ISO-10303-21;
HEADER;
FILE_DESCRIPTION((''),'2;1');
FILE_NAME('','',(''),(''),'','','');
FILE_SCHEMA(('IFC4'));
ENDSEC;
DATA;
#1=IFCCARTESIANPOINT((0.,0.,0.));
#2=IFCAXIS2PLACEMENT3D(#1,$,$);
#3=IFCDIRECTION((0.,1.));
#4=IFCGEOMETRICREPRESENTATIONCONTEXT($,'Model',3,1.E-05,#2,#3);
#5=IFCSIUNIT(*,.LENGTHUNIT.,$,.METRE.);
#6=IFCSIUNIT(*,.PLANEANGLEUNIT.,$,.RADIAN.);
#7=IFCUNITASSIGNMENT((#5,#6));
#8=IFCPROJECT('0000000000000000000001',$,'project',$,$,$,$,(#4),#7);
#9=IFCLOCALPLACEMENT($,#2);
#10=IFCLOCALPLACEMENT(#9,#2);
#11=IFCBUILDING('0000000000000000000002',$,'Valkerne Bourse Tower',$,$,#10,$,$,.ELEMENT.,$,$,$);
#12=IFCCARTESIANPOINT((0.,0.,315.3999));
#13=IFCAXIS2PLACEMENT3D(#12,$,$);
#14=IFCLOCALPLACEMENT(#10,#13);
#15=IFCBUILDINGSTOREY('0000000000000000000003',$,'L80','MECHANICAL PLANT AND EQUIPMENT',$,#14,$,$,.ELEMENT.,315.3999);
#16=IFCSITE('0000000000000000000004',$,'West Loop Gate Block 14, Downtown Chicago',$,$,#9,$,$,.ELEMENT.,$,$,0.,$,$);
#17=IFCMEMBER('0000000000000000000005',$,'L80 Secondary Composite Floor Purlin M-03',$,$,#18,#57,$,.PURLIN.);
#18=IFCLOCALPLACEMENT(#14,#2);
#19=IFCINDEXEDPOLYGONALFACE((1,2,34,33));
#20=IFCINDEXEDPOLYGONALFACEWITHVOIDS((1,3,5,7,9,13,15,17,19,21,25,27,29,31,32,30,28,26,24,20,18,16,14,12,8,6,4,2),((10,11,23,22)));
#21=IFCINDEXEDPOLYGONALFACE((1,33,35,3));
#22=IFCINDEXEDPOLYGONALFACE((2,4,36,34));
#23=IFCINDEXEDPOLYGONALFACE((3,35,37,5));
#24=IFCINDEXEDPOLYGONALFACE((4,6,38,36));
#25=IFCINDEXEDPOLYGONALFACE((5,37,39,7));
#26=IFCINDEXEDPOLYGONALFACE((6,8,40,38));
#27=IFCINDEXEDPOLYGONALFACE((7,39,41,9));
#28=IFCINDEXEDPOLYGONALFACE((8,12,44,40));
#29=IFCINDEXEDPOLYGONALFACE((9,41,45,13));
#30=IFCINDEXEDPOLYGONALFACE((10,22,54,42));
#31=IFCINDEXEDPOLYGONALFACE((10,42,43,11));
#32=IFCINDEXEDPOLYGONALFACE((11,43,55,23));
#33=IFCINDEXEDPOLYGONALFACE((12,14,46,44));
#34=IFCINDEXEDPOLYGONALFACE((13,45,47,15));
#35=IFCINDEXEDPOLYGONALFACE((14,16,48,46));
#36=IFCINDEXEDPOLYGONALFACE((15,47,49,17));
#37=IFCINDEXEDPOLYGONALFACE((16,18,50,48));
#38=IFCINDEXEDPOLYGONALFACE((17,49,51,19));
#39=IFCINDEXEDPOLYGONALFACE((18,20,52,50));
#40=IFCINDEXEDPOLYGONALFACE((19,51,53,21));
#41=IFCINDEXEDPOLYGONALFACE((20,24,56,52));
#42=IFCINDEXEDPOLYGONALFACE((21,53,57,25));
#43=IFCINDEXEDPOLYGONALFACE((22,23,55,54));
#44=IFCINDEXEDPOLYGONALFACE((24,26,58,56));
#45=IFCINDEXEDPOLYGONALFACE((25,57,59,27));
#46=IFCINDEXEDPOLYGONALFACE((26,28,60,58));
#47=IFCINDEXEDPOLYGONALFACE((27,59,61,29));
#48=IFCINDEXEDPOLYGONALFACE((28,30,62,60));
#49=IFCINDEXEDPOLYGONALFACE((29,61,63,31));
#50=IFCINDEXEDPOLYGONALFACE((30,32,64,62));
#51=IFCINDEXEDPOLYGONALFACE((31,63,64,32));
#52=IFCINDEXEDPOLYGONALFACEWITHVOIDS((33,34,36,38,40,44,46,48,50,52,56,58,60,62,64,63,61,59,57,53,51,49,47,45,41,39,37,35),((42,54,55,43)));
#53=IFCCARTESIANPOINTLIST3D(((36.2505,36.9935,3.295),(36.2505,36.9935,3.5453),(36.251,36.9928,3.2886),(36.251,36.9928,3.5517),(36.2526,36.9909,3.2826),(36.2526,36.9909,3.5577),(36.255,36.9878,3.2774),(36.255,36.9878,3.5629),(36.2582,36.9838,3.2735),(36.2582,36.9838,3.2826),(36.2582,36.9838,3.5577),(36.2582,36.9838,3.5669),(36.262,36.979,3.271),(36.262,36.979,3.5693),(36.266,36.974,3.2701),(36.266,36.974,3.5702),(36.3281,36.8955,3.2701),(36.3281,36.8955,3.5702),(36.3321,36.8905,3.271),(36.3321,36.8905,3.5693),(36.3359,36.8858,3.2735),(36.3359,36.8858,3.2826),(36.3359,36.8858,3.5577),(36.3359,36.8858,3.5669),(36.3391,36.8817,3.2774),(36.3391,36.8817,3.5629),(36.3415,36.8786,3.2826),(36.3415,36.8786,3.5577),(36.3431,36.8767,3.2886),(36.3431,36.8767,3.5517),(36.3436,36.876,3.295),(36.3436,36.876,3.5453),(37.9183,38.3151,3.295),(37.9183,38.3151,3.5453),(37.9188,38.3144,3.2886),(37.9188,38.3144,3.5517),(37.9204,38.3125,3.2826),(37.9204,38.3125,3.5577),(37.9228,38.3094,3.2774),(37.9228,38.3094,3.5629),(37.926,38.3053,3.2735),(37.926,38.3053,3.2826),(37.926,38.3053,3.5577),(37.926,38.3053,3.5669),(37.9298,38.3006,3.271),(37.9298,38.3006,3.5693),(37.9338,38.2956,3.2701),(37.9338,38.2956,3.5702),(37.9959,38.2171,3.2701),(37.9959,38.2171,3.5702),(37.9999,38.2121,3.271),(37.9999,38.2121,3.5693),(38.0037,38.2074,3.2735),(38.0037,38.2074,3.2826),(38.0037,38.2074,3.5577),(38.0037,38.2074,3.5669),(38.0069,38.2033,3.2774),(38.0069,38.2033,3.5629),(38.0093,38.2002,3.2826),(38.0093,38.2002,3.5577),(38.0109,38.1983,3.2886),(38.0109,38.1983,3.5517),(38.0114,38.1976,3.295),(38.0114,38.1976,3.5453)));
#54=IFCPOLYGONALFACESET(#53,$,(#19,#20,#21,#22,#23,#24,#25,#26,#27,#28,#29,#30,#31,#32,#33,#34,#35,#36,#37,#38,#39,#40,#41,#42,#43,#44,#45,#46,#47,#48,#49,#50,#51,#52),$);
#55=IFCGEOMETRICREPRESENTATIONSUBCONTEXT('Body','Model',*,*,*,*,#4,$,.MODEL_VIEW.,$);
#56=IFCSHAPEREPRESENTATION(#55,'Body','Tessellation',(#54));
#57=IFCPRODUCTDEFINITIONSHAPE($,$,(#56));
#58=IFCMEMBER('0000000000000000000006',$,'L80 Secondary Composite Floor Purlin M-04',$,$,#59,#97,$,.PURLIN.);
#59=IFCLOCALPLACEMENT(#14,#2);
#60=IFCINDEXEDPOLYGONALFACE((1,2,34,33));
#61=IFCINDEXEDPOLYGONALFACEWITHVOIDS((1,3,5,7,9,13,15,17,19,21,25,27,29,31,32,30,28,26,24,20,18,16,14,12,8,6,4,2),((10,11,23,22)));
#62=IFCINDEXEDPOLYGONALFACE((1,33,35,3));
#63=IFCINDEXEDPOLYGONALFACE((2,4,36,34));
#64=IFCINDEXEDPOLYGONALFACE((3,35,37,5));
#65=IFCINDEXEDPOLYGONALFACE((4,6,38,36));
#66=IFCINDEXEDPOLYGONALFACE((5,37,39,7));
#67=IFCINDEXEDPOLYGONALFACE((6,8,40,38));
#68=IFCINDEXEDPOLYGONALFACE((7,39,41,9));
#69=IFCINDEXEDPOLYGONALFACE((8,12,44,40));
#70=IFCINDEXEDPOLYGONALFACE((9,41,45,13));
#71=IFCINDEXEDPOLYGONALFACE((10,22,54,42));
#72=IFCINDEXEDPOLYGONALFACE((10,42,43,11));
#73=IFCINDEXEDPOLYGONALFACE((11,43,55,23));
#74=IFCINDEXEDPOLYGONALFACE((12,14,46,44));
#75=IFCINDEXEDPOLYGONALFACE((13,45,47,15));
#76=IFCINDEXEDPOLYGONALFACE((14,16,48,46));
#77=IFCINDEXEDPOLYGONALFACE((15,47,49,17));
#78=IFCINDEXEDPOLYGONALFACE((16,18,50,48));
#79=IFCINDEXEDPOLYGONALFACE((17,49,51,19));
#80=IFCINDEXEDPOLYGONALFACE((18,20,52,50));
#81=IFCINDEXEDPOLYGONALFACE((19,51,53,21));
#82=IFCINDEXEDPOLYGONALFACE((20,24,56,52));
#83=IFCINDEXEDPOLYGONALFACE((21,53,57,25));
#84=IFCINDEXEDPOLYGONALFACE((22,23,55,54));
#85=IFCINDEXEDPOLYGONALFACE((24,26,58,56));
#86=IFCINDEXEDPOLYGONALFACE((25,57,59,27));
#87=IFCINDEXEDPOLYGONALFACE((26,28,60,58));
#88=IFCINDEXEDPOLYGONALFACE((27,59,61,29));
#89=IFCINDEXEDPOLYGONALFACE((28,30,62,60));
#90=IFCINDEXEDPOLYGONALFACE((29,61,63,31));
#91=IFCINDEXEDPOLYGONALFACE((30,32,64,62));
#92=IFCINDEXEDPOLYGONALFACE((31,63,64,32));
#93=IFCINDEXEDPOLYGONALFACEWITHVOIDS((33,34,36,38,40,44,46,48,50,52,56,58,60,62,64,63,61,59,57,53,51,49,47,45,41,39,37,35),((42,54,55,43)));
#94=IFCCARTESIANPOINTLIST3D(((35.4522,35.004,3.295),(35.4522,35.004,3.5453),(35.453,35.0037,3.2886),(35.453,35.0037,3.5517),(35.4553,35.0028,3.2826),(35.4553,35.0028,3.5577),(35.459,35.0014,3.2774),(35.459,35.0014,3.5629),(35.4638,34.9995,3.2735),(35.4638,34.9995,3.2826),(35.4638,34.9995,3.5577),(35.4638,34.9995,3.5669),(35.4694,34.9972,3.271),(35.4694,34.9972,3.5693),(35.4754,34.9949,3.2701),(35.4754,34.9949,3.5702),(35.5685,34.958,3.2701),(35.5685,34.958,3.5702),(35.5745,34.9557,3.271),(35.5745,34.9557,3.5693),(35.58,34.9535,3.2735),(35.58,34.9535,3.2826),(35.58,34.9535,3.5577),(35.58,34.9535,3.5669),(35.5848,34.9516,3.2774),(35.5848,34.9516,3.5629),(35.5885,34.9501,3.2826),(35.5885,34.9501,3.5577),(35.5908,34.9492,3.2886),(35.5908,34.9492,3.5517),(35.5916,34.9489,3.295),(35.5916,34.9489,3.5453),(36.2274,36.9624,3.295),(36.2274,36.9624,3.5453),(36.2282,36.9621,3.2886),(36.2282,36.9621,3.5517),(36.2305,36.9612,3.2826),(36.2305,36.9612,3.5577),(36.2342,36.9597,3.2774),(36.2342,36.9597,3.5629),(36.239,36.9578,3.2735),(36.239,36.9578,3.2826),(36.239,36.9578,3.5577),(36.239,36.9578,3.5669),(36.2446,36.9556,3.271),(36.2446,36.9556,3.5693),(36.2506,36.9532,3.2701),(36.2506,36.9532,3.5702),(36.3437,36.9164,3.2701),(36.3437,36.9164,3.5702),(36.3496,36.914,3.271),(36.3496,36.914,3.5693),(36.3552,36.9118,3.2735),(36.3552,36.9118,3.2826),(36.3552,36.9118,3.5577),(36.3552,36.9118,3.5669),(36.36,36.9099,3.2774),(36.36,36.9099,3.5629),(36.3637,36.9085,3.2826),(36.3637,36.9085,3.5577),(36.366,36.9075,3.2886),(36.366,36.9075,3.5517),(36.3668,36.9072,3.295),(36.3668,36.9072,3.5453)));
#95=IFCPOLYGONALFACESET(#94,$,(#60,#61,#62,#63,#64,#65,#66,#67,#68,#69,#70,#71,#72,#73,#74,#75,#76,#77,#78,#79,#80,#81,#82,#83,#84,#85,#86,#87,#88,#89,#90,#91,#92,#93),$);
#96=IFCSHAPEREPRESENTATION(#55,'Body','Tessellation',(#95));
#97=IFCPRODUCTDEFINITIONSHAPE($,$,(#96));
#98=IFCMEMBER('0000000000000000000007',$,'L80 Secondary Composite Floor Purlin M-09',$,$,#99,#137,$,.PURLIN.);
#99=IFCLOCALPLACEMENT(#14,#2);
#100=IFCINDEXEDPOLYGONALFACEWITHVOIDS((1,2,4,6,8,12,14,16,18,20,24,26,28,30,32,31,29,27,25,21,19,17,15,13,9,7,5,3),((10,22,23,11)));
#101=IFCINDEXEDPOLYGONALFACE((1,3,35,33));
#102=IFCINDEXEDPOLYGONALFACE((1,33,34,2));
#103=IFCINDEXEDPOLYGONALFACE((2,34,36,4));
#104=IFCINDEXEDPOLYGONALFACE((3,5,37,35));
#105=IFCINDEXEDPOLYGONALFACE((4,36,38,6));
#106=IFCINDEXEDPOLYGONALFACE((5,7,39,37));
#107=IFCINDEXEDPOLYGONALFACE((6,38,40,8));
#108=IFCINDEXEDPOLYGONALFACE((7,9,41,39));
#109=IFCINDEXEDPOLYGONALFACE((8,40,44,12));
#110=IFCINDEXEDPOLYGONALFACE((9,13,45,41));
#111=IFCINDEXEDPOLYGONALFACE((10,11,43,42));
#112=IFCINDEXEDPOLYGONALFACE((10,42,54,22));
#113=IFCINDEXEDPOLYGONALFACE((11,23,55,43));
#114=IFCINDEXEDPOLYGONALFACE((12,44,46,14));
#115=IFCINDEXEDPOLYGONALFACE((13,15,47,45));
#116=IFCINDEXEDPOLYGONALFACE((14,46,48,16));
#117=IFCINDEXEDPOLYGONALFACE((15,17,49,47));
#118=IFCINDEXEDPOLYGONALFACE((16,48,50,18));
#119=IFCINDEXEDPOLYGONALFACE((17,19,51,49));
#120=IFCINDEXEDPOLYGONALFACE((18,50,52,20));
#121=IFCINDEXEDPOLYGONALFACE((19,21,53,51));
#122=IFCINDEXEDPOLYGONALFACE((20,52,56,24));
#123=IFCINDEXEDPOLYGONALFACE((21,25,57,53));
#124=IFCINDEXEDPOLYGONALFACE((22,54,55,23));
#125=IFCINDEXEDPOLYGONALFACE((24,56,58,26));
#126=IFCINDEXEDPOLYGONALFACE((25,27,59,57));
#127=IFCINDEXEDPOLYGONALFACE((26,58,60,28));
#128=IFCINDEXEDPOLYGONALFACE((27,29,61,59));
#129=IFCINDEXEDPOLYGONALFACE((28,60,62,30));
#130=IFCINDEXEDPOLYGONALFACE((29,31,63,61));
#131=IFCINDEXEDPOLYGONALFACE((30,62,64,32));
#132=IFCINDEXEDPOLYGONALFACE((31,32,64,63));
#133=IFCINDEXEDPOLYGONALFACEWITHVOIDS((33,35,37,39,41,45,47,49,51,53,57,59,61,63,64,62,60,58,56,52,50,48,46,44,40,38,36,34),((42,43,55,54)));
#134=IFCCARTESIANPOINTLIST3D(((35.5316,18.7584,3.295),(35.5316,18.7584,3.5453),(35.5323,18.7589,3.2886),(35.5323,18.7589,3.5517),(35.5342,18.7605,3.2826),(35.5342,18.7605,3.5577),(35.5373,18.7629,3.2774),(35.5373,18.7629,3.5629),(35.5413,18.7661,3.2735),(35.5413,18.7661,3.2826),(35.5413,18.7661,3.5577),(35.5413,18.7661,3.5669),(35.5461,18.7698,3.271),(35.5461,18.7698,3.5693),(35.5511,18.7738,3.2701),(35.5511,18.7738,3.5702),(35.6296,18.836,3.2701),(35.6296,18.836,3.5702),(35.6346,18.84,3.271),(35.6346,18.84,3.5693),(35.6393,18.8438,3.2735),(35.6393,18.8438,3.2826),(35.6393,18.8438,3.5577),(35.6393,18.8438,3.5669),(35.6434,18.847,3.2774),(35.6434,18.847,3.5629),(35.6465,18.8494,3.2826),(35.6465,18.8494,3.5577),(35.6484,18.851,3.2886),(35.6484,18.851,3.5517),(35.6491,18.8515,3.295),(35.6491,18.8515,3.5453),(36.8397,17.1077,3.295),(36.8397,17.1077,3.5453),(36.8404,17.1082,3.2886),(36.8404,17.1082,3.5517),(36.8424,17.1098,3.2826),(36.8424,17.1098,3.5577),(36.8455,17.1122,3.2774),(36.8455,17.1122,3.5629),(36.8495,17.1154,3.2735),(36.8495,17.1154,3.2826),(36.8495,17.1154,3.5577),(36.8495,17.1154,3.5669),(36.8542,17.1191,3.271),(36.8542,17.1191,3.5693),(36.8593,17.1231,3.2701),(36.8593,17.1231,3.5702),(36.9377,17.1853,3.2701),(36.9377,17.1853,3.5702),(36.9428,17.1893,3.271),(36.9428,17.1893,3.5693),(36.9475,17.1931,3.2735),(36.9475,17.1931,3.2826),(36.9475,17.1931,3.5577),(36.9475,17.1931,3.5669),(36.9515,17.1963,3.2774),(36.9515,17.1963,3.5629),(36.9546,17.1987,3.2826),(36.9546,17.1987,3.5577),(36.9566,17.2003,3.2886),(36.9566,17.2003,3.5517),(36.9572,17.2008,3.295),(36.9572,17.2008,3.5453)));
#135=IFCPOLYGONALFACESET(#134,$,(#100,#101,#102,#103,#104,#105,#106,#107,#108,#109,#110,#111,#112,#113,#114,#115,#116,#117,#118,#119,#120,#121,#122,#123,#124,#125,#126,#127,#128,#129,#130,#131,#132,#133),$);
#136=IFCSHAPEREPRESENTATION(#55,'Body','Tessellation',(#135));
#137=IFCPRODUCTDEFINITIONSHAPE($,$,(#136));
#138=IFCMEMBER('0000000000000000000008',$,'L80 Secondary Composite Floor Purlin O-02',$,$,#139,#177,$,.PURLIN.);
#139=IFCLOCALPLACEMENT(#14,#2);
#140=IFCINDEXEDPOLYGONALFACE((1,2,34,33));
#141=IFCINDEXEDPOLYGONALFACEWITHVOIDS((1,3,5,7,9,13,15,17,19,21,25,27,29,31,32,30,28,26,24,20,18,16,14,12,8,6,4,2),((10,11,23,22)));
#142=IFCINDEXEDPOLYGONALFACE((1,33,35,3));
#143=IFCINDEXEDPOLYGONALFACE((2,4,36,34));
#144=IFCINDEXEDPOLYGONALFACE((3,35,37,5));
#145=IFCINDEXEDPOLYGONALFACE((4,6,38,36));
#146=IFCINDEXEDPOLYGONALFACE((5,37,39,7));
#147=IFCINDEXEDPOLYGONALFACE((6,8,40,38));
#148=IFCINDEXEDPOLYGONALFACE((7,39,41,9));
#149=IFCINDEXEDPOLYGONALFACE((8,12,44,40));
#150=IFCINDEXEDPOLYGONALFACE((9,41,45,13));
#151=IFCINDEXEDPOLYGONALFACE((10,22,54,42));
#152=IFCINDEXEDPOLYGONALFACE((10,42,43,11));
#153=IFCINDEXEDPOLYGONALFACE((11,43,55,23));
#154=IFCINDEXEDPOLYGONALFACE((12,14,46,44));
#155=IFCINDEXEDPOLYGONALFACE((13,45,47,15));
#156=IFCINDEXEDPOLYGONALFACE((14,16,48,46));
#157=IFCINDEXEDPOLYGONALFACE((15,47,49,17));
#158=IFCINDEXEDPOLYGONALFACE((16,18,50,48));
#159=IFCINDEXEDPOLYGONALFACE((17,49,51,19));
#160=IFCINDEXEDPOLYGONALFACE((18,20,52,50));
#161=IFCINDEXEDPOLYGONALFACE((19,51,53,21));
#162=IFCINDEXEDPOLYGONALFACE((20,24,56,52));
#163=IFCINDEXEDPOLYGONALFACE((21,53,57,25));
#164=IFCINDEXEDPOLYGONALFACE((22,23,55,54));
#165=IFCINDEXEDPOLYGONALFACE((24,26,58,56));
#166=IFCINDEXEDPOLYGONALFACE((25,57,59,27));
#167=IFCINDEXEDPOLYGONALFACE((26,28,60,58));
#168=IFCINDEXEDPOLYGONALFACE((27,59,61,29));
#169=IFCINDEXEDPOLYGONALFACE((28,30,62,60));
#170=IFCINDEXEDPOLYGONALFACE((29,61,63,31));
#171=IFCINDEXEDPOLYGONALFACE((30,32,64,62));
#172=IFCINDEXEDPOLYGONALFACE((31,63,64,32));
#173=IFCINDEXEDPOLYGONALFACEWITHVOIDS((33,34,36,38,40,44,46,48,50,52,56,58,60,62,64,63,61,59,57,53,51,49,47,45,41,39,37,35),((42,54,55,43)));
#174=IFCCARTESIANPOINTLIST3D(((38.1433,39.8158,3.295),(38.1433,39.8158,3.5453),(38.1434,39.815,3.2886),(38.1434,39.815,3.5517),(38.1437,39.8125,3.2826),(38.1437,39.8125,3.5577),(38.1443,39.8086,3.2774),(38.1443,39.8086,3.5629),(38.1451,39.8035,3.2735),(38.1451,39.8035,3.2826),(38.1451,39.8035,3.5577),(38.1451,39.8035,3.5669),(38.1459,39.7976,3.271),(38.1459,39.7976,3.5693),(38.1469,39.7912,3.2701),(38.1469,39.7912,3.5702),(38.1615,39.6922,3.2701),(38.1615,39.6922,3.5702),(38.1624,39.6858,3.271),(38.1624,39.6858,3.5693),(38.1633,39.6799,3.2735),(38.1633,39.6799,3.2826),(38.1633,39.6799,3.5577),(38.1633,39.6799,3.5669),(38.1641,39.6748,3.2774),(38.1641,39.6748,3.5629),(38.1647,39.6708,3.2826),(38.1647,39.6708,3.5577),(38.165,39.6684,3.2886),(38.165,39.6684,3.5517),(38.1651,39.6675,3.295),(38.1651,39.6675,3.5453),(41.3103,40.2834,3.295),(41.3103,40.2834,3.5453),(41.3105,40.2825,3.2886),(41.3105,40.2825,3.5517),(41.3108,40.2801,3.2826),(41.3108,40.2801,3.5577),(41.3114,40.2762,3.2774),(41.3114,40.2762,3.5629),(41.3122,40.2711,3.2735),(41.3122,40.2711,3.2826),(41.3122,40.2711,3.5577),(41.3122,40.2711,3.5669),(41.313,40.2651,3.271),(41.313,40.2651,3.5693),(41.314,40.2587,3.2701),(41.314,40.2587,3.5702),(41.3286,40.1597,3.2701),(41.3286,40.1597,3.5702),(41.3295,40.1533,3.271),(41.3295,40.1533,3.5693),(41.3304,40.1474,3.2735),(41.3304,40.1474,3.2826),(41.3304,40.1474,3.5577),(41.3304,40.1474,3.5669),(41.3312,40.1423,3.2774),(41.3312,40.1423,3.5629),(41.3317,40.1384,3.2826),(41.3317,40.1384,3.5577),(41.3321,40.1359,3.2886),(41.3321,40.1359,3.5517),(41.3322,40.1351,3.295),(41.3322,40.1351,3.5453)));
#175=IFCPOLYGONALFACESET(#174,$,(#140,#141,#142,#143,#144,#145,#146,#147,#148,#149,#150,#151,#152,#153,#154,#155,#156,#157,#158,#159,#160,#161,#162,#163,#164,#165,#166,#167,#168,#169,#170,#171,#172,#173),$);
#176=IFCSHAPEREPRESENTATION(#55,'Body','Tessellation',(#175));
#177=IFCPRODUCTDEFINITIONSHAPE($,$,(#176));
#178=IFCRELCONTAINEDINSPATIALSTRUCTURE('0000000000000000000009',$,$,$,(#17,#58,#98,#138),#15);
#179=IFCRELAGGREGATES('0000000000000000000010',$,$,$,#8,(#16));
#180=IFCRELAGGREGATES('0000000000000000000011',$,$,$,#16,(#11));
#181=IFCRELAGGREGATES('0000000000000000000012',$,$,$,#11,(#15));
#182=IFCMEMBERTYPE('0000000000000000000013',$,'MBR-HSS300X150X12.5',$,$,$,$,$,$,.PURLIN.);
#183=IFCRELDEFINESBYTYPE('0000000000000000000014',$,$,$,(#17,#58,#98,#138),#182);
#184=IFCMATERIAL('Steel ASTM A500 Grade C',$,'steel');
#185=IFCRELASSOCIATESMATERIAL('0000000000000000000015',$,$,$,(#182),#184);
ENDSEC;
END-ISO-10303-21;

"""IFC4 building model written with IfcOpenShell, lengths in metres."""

from ifc_helpers import new_model, si_unit, direction, frame, origin, origin_2d, place, context, subcontext, project, spatial, hollow_rectangle, extrude, material, material_profile, profile_set, type_object, element, save


model = new_model("IFC4")

# Units and contexts
model_context = context("Model", 3, precision=1e-05, world=origin(), true_north=direction((0.0, 1.0)))
body_context = subcontext(model_context, "Body", "Model", "MODEL_VIEW")
ifc_project = project(units=[si_unit("LENGTHUNIT", "METRE"), si_unit("PLANEANGLEUNIT", "RADIAN")], contexts=[model_context])

# Site, building, storey
site_placement = place(None, origin())
site = spatial("IfcSite", under=ifc_project, at=site_placement, Name="West Loop Gate Block 14, Downtown Chicago", CompositionType="ELEMENT", RefElevation=0.0)
building_placement = place(site_placement, origin())
building = spatial("IfcBuilding", under=site, at=building_placement, Name="Valkerne Bourse Tower", CompositionType="ELEMENT")
storey_placement = place(building_placement, frame((0.0, 0.0, 315.3999)))
storey = spatial("IfcBuildingStorey", under=building, at=storey_placement, Name="L80", Description="MECHANICAL PLANT AND EQUIPMENT", CompositionType="ELEMENT", Elevation=315.3999)

# Shared definitions
ifc_material_1 = material(Name="Steel ASTM A500 Grade C", Category="steel")

# Members
ifc_material_profile_1 = material_profile(ifc_material_1, hollow_rectangle(XDim=0.1499, YDim=0.3, WallThickness=0.0125, OuterFilletRadius=0.0249, at=origin_2d()), Name="HSS300X150X12.5")
ifc_profile_set_1 = profile_set([ifc_material_profile_1], Name="Steel ASTM A500 Grade C")
member_type_1 = type_object("IfcMemberType", Name="MBR-HSS300X150X12.5", PredefinedType="PURLIN", material=ifc_profile_set_1)
member_1_placement = place(storey_placement, frame((37.9648, 38.2563, 3.4202), z_axis=(-0.78376, -0.621064, 0.0), x_axis=(0.621064, -0.78376, 0.0)))
element("IfcMember", 1, at=member_1_placement, inside=storey, type_object=member_type_1, Name="L80 Secondary Composite Floor Purlin M-03", PredefinedType="PURLIN", context=body_context, shape_type="SweptSolid", body=[
    extrude(hollow_rectangle(XDim=0.1499, YDim=0.3, WallThickness=0.0125, OuterFilletRadius=0.0249, at=origin_2d()), origin(), (0.0, 0.0, 1.0), 2.1279),
])
for number, where, z_axis, x_axis, name in (
    (2, (36.2971, 36.9348, 3.4202), (-0.368051, -0.929806, 0.0), (0.929806, -0.368051, 0.0), "L80 Secondary Composite Floor Purlin M-04"),
    (3, (35.5903, 18.8049, 3.4202), (0.621098, -0.783733, 0.0), (0.783733, 0.621098, 0.0), "L80 Secondary Composite Floor Purlin M-09"),
):
    element("IfcMember", number, at=place(storey_placement, frame(where, z_axis=z_axis, x_axis=x_axis)), inside=storey, type_object=member_type_1, Name=name, PredefinedType="PURLIN", context=body_context, shape_type="SweptSolid", body=[
        extrude(hollow_rectangle(XDim=0.1499, YDim=0.3, WallThickness=0.0125, OuterFilletRadius=0.0249, at=origin_2d()), origin(), (0.0, 0.0, 1.0), 2.1062),
    ])
member_2_placement = place(storey_placement, frame((41.3213, 40.2092, 3.4202), z_axis=(-0.989278, -0.146043, 0.0), x_axis=(0.146043, -0.989278, 0.0)))
element("IfcMember", 4, at=member_2_placement, inside=storey, type_object=member_type_1, Name="L80 Secondary Composite Floor Purlin O-02", PredefinedType="PURLIN", context=body_context, shape_type="SweptSolid", body=[
    extrude(hollow_rectangle(XDim=0.1499, YDim=0.3, WallThickness=0.0125, OuterFilletRadius=0.0249, at=origin_2d()), origin(), (0.0, 0.0, 1.0), 3.2014),
])

save(model, "model.ifc")
